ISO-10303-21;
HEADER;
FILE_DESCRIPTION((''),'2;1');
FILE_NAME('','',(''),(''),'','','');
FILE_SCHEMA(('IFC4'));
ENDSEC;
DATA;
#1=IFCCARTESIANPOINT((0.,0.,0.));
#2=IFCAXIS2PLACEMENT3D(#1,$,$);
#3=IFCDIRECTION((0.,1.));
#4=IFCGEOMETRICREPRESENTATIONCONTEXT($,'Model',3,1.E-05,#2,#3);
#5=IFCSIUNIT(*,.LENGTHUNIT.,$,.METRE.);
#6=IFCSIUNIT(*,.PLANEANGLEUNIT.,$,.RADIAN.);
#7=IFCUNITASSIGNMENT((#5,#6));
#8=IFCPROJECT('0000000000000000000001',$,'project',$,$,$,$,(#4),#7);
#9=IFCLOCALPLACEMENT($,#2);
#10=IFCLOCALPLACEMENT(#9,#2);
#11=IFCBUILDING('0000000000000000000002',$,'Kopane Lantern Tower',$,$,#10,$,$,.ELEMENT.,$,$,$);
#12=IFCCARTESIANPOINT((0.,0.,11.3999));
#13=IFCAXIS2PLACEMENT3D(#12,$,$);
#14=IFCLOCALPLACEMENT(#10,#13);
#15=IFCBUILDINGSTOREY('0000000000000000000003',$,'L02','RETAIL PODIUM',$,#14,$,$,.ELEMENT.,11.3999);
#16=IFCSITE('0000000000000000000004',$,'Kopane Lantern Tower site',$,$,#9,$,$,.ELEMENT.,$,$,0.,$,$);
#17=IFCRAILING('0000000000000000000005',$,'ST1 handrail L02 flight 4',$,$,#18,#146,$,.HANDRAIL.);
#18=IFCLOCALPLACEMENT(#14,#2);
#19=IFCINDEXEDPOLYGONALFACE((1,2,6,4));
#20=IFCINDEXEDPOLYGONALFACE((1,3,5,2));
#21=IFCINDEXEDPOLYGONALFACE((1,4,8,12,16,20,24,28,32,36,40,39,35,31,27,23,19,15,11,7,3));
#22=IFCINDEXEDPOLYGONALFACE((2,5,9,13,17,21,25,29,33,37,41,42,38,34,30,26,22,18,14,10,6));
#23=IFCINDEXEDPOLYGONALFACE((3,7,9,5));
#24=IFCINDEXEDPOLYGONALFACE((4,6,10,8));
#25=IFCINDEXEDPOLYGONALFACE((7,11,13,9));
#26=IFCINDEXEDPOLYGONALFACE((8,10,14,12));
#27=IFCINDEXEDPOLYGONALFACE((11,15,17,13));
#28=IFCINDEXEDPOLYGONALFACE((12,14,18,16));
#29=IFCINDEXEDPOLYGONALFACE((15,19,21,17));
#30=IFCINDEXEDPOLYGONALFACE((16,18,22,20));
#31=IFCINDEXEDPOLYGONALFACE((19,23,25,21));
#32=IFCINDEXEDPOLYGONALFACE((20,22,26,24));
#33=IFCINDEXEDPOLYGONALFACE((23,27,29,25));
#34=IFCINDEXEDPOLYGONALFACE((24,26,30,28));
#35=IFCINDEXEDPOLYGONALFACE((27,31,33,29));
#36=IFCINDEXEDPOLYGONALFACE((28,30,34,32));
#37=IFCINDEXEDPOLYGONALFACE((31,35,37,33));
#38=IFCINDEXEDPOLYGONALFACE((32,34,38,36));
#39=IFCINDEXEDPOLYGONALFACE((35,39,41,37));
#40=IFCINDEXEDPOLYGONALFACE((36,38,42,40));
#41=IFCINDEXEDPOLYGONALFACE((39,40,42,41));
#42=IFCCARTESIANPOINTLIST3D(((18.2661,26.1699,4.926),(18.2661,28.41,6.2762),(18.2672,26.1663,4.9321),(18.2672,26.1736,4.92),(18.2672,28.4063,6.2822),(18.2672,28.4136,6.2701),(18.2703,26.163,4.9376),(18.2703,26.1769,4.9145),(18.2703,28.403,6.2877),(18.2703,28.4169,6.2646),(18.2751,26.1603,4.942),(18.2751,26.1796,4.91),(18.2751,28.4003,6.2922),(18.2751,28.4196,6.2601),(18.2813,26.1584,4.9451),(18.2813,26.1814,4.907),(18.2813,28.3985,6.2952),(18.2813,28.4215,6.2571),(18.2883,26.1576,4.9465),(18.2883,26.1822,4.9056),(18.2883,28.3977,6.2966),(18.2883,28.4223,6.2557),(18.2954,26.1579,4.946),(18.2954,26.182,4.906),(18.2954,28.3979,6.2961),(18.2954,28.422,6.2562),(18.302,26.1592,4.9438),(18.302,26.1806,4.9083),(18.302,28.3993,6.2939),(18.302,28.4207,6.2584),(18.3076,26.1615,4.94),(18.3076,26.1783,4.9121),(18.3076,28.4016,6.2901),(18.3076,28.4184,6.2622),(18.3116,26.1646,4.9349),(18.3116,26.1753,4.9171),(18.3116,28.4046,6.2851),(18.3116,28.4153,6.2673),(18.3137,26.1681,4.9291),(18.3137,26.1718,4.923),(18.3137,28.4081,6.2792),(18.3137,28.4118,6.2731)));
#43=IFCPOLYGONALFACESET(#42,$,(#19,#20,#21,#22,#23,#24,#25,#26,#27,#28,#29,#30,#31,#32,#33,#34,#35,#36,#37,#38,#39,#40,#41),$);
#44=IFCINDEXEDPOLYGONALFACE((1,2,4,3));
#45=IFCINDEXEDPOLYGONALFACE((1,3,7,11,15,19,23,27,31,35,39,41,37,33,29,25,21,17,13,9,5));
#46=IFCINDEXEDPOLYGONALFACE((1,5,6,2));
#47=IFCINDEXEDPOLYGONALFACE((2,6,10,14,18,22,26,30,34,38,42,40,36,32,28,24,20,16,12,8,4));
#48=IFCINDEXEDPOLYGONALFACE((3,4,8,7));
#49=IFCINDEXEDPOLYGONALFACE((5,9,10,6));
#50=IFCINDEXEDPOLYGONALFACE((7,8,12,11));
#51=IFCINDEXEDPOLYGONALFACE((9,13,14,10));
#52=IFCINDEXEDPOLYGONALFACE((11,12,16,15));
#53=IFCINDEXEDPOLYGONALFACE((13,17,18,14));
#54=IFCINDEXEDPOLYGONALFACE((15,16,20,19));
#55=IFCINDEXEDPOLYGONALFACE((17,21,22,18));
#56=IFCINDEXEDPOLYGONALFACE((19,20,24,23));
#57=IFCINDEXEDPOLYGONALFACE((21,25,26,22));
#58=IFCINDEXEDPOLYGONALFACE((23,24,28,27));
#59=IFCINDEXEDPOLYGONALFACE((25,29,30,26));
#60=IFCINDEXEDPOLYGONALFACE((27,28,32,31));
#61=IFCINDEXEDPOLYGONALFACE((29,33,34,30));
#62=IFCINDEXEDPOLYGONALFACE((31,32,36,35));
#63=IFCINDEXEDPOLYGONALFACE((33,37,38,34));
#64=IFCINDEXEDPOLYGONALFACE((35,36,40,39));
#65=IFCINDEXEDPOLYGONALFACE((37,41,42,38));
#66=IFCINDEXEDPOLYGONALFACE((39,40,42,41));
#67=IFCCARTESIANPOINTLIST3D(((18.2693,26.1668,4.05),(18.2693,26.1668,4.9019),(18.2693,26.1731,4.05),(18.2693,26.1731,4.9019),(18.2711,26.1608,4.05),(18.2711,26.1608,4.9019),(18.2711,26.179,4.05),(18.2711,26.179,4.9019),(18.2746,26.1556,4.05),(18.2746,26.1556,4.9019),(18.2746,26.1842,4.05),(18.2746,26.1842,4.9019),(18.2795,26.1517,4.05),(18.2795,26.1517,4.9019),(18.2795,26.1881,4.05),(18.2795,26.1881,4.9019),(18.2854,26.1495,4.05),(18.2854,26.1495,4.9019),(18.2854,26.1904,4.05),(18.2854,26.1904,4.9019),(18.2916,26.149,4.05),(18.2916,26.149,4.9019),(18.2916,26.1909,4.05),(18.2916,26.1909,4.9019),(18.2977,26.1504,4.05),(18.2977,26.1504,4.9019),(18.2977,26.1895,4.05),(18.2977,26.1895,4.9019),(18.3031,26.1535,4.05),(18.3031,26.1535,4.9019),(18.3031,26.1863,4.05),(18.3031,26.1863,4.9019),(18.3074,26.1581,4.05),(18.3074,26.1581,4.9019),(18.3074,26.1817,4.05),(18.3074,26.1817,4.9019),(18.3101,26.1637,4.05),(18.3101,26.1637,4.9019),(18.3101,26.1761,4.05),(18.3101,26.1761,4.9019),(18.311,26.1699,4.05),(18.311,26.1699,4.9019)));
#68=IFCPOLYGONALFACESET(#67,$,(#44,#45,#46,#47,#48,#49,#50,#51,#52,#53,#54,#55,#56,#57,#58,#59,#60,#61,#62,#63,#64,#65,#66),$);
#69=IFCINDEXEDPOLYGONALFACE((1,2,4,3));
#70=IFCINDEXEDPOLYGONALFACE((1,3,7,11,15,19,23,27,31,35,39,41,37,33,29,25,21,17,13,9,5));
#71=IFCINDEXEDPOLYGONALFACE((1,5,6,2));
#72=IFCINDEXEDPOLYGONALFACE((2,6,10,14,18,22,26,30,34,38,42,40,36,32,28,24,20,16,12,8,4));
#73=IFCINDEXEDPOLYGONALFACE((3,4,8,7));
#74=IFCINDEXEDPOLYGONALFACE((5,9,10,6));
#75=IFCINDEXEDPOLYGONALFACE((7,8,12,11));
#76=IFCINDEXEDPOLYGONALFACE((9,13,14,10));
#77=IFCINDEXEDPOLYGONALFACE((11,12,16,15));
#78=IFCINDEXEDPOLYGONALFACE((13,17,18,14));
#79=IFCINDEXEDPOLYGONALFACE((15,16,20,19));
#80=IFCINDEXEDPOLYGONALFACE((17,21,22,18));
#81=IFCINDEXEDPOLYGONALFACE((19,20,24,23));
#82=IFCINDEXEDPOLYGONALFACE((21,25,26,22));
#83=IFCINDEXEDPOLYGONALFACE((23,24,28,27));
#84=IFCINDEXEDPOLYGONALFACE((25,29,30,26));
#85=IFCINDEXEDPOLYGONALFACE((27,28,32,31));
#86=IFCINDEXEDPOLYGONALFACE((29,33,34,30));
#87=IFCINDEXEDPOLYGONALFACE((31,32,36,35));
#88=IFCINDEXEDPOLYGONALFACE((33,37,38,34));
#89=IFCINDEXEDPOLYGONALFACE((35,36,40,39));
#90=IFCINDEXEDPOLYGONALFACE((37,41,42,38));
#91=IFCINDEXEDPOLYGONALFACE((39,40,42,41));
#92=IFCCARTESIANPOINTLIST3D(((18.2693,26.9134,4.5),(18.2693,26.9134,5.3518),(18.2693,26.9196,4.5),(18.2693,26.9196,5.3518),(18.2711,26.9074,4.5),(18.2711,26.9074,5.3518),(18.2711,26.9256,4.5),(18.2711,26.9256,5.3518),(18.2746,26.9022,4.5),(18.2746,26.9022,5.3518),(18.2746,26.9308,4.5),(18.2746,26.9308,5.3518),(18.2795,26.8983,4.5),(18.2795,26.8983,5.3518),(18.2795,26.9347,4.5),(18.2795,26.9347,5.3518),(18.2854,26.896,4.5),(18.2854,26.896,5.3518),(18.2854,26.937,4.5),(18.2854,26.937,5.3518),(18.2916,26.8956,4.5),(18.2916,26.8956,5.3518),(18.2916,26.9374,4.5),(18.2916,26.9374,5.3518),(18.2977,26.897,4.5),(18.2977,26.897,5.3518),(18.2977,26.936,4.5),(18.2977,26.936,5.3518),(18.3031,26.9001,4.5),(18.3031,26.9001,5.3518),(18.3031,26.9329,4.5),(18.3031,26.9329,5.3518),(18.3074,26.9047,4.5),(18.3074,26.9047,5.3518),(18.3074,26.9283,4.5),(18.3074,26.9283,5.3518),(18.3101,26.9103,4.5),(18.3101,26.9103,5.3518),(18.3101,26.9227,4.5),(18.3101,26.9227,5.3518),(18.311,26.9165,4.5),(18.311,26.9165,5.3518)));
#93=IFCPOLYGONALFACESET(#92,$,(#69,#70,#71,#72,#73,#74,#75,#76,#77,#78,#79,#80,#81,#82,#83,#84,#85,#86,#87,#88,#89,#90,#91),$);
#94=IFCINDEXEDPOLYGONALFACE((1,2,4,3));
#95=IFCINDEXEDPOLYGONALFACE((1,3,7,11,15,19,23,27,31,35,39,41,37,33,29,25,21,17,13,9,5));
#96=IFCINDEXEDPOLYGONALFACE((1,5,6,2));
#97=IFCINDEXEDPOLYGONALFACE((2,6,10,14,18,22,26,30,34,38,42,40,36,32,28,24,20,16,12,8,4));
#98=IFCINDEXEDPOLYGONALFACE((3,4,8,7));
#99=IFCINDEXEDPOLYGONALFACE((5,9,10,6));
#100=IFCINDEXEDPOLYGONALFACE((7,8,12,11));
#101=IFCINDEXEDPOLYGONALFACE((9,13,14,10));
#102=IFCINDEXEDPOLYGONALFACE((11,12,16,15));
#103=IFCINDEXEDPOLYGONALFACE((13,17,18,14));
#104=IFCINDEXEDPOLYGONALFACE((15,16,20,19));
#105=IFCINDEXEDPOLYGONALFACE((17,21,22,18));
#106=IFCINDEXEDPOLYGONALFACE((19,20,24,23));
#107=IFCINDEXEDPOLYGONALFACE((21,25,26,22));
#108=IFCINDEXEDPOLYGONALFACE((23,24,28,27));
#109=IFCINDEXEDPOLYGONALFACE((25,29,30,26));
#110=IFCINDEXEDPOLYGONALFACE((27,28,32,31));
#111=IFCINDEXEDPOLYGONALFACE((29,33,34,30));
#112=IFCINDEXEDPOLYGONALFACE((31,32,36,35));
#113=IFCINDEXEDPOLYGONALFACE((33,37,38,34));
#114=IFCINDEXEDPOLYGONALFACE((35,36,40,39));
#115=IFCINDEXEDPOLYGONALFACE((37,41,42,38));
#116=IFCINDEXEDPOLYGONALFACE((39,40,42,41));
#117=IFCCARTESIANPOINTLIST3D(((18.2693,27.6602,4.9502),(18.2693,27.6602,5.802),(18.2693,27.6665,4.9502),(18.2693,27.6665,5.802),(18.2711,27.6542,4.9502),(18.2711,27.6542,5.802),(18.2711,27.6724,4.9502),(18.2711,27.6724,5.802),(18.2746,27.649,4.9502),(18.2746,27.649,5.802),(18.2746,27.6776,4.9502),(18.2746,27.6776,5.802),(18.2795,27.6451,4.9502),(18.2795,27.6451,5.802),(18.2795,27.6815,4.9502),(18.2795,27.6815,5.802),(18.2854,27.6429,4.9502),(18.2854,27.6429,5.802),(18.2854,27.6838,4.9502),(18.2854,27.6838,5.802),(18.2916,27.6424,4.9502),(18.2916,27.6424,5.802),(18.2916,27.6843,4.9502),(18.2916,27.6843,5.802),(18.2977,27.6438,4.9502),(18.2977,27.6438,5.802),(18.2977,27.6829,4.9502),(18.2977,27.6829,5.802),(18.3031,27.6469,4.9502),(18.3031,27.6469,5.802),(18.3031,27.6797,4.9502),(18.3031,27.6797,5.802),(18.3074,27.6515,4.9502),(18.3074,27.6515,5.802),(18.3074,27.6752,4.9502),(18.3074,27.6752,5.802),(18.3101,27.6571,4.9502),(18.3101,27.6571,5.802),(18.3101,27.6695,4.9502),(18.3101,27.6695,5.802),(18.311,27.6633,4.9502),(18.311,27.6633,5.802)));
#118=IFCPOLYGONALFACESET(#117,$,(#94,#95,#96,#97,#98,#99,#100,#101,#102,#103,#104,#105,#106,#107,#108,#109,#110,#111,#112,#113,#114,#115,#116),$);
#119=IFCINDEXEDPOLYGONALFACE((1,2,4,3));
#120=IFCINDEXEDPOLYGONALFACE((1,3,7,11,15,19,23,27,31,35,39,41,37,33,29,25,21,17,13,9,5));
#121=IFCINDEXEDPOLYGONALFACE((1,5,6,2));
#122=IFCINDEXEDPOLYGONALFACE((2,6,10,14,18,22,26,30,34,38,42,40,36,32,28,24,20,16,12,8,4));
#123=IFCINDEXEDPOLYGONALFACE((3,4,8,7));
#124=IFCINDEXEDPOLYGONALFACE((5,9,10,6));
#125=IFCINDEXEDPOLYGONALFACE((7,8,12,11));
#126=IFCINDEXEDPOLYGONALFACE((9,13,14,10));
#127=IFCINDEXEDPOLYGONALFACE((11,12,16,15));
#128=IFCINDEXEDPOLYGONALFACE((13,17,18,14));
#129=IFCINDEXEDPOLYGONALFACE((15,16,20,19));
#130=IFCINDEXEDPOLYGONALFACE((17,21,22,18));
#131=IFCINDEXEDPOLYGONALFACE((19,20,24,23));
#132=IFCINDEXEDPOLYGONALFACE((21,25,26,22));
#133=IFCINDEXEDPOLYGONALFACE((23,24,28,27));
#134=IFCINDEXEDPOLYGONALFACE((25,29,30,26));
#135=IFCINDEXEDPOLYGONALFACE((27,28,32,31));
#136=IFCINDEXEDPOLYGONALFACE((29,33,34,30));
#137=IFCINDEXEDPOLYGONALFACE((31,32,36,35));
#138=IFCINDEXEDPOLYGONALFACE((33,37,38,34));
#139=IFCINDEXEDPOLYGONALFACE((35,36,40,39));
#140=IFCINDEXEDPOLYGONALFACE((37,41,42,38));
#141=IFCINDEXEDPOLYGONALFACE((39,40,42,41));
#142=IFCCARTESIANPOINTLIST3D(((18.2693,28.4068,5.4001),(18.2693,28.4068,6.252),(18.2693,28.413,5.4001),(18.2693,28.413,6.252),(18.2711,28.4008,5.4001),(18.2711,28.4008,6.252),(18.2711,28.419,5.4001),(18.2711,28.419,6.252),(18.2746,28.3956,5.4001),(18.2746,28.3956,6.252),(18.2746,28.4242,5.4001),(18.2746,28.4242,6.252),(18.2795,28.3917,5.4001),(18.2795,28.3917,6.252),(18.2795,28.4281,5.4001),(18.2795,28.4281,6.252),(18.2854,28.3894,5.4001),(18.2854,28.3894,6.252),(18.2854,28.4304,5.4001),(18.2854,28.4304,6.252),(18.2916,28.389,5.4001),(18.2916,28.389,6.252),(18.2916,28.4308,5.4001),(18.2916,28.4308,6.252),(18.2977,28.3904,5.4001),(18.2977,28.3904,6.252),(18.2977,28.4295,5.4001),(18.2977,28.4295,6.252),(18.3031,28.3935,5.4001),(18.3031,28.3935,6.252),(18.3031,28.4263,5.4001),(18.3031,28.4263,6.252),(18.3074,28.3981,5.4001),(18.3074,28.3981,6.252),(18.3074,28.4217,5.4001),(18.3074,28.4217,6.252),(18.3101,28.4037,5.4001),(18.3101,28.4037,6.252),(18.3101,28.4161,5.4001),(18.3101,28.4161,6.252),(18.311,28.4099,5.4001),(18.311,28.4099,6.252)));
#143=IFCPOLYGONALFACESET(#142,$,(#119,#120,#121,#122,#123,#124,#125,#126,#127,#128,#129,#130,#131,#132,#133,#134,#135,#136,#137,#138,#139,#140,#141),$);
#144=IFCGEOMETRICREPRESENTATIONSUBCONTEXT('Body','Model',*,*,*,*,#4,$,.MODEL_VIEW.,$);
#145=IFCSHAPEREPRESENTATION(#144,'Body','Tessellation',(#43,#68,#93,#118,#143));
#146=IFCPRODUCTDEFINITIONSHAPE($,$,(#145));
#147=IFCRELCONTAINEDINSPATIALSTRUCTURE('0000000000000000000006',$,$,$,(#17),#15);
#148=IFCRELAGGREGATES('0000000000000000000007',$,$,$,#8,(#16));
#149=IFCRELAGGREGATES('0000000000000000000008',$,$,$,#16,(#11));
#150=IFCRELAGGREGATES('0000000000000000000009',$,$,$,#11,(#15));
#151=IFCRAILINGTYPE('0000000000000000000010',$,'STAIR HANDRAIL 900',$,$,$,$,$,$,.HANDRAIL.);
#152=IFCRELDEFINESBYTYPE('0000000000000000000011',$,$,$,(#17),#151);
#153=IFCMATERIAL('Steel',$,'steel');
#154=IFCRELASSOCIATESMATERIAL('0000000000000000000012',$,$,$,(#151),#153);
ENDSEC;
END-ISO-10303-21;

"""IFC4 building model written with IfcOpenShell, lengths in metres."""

from ifc_helpers import new_model, si_unit, direction, frame, origin, origin_2d, place, context, subcontext, project, spatial, circle, extrude, material, type_object, element, save


model = new_model("IFC4")

# Units and contexts
model_context = context("Model", 3, precision=1e-05, world=origin(), true_north=direction((0.0, 1.0)))
body_context = subcontext(model_context, "Body", "Model", "MODEL_VIEW")
ifc_project = project(units=[si_unit("LENGTHUNIT", "METRE"), si_unit("PLANEANGLEUNIT", "RADIAN")], contexts=[model_context])

# Site, building, storey
site_placement = place(None, origin())
site = spatial("IfcSite", under=ifc_project, at=site_placement, Name="Kopane Lantern Tower site", CompositionType="ELEMENT", RefElevation=0.0)
building_placement = place(site_placement, origin())
building = spatial("IfcBuilding", under=site, at=building_placement, Name="Kopane Lantern Tower", CompositionType="ELEMENT")
storey_placement = place(building_placement, frame((0.0, 0.0, 11.3999)))
storey = spatial("IfcBuildingStorey", under=building, at=storey_placement, Name="L02", Description="RETAIL PODIUM", CompositionType="ELEMENT", Elevation=11.3999)

# Railing
ifc_material_1 = material(Name="Steel", Category="steel")
railing_type_1 = type_object("IfcRailingType", Name="STAIR HANDRAIL 900", PredefinedType="HANDRAIL", material=ifc_material_1)
railing_1_placement = place(storey_placement, frame((18.29, 26.1699, 4.05)))
element("IfcRailing", 1, at=railing_1_placement, inside=storey, type_object=railing_type_1, Name="ST1 handrail L02 flight 4", PredefinedType="HANDRAIL", context=body_context, shape_type="SweptSolid", body=[
    extrude(circle(Radius=0.0239, at=origin_2d()), frame((0.0, 0.0, 0.876), z_axis=(0.0, 0.856462, 0.516211), x_axis=(-1.0, 0.0, 0.0)), (0.0, 0.0, 1.0), 2.6155),
    extrude(circle(Radius=0.021, at=origin_2d()), origin(), (0.0, 0.0, 1.0), 0.8518),
    extrude(circle(Radius=0.021, at=origin_2d()), frame((0.0, 0.7466, 0.45)), (0.0, 0.0, 1.0), 0.8518),
    extrude(circle(Radius=0.021, at=origin_2d()), frame((0.0, 1.4934, 0.9001)), (0.0, 0.0, 1.0), 0.8518),
    extrude(circle(Radius=0.021, at=origin_2d()), frame((0.0, 2.24, 1.3501)), (0.0, 0.0, 1.0), 0.8518),
])

save(model, "model.ifc")
